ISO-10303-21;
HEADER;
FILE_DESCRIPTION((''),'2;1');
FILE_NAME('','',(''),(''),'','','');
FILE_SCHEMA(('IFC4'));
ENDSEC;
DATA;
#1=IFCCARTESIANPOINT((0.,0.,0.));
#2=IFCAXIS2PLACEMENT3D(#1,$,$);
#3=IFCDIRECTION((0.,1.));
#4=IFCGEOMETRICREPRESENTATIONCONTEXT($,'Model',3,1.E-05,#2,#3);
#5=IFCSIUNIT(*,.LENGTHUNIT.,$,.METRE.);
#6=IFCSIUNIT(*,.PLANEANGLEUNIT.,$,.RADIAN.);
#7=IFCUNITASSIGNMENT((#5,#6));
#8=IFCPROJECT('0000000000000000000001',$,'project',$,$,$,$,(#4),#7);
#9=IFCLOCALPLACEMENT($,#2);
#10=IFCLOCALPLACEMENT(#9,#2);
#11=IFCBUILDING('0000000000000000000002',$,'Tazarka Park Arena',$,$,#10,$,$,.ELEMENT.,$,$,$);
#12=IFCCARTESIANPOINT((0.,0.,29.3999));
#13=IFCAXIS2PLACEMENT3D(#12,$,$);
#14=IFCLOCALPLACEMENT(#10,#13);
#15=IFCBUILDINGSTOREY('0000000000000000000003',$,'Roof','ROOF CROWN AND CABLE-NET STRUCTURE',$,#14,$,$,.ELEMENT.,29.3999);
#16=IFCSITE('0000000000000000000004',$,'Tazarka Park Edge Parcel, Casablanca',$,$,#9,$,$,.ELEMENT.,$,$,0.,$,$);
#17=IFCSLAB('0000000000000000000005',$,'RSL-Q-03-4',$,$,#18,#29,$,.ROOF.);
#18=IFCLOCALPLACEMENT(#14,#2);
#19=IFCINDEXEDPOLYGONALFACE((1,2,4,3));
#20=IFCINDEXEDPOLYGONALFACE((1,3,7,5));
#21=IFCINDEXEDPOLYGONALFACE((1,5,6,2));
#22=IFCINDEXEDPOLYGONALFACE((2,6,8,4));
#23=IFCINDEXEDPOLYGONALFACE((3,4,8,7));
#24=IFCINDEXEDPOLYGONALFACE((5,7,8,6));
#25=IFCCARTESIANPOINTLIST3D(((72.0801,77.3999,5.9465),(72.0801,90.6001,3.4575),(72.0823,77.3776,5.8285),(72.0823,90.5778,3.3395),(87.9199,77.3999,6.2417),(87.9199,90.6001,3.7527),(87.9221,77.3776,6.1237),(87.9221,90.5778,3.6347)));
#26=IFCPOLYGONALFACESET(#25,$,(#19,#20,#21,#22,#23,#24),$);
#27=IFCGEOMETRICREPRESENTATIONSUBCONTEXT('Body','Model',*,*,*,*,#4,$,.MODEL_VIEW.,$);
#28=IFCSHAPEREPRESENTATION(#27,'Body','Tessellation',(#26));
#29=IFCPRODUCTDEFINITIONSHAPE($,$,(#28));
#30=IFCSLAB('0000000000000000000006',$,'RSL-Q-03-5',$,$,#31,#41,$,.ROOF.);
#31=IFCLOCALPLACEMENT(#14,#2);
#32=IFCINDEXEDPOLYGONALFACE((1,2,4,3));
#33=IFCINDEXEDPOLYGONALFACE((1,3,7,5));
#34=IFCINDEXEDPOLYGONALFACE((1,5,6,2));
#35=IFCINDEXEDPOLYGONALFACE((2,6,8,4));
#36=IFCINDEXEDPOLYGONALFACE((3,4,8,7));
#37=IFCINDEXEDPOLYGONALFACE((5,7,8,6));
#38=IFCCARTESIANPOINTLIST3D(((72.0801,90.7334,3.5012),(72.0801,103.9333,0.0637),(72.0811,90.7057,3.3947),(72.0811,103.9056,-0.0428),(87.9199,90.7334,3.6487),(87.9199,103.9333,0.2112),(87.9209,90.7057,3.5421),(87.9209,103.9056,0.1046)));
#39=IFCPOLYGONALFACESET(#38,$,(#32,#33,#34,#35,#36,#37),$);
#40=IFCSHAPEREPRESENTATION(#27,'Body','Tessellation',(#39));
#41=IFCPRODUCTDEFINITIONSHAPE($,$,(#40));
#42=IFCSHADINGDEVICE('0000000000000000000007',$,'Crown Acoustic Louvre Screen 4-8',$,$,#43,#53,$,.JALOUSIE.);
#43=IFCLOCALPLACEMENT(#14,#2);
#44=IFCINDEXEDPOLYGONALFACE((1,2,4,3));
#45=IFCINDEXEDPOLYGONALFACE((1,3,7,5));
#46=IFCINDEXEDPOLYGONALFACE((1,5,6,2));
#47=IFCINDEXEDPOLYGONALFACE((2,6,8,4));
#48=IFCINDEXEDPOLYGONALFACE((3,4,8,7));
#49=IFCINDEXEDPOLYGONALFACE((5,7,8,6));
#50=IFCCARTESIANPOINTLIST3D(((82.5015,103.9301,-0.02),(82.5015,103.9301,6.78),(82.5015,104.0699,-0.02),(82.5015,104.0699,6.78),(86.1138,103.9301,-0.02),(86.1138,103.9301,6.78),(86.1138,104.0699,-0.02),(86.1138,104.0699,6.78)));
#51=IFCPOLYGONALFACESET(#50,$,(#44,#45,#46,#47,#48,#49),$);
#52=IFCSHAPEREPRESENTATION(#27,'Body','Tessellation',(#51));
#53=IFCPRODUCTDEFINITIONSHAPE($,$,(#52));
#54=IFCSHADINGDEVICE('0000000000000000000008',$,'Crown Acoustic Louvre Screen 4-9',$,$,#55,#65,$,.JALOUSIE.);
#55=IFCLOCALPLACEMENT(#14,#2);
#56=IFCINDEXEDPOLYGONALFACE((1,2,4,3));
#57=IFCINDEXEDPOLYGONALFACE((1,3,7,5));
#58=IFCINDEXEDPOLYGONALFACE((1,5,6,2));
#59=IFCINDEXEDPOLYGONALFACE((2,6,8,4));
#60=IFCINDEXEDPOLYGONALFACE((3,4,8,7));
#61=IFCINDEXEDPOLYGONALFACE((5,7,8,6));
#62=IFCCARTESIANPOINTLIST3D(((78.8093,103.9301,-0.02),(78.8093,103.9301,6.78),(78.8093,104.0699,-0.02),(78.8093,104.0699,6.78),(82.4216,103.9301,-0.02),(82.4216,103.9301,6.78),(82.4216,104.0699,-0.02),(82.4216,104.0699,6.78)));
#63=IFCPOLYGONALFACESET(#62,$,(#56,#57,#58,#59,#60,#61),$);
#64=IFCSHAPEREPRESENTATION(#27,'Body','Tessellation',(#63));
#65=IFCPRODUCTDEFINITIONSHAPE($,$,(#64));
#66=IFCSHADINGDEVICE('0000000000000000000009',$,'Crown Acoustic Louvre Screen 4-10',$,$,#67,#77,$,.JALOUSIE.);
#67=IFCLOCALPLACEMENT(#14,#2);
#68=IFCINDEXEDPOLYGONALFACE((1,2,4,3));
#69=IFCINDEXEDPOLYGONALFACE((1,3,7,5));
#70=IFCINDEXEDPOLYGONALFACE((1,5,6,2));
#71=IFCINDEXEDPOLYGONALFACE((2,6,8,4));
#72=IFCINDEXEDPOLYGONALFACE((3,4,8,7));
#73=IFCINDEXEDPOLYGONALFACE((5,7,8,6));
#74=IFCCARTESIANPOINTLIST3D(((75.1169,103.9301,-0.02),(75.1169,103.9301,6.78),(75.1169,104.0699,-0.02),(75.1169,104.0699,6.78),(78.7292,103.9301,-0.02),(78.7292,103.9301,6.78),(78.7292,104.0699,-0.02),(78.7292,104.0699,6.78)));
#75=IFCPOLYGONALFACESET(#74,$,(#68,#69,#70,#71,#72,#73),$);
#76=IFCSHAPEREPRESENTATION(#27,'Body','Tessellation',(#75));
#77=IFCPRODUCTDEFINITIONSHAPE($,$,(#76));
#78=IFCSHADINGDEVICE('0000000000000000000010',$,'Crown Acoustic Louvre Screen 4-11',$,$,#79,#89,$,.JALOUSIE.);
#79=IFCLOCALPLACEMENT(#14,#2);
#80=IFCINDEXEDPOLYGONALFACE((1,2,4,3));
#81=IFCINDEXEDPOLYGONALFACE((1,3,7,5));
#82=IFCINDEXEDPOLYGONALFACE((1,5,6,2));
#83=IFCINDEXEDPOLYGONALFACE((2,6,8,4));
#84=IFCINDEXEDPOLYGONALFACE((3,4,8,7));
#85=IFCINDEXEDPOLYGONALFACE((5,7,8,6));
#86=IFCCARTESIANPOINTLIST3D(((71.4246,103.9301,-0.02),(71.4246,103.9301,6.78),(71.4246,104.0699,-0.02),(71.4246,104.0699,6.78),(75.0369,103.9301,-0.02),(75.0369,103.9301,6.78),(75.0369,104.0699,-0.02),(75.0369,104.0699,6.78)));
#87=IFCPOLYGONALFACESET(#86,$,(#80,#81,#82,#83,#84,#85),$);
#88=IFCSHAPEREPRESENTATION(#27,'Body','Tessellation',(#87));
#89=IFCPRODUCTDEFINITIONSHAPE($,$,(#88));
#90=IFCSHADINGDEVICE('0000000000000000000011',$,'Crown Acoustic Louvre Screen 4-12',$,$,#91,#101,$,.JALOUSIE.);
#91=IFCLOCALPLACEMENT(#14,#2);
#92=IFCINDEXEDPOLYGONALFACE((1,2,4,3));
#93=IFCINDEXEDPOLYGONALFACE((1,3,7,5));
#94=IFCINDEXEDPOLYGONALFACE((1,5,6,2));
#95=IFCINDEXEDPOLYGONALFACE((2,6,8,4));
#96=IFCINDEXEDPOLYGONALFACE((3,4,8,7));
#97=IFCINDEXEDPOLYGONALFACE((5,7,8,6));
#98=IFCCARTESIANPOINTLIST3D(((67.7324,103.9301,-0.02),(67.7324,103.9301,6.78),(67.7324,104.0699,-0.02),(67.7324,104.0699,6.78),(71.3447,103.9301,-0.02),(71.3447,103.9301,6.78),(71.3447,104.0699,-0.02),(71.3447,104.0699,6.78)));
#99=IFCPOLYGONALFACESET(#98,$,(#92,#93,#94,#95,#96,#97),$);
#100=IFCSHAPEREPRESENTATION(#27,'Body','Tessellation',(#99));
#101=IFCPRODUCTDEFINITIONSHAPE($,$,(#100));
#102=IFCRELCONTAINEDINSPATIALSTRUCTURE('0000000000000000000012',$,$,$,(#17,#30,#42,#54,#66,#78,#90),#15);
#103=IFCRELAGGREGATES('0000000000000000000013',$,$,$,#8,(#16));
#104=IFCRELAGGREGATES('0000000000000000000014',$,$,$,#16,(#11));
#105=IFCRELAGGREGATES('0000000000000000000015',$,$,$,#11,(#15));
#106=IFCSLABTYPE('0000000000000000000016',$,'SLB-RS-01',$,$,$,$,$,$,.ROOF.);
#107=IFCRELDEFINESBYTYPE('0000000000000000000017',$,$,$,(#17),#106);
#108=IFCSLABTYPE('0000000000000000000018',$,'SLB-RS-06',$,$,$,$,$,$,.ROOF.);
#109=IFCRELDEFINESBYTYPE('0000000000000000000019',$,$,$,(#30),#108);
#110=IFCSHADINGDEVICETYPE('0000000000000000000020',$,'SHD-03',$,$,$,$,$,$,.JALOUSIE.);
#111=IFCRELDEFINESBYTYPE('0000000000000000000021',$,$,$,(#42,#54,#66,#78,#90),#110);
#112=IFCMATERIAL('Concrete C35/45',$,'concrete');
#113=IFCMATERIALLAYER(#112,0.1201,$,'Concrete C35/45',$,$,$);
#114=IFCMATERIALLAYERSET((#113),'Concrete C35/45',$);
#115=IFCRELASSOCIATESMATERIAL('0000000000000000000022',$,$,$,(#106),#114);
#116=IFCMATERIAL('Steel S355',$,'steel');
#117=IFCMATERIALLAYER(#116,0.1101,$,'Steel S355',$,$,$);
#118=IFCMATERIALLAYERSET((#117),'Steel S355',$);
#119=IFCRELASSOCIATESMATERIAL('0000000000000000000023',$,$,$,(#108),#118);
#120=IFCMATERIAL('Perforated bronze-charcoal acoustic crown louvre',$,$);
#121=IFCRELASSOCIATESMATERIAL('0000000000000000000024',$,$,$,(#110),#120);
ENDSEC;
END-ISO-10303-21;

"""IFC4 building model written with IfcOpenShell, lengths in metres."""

from ifc_helpers import new_model, si_unit, direction, frame, origin, origin_2d, place, context, subcontext, project, spatial, polyline, rectangle, outline, extrude, material, layer, layer_set, type_object, element, save


model = new_model("IFC4")

# Units and contexts
model_context = context("Model", 3, precision=1e-05, world=origin(), true_north=direction((0.0, 1.0)))
body_context = subcontext(model_context, "Body", "Model", "MODEL_VIEW")
ifc_project = project(units=[si_unit("LENGTHUNIT", "METRE"), si_unit("PLANEANGLEUNIT", "RADIAN")], contexts=[model_context])

# Site, building, storey
site_placement = place(None, origin())
site = spatial("IfcSite", under=ifc_project, at=site_placement, Name="Tazarka Park Edge Parcel, Casablanca", CompositionType="ELEMENT", RefElevation=0.0)
building_placement = place(site_placement, origin())
building = spatial("IfcBuilding", under=site, at=building_placement, Name="Tazarka Park Arena", CompositionType="ELEMENT")
storey_placement = place(building_placement, frame((0.0, 0.0, 29.3999)))
storey = spatial("IfcBuildingStorey", under=building, at=storey_placement, Name="Roof", Description="ROOF CROWN AND CABLE-NET STRUCTURE", CompositionType="ELEMENT", Elevation=29.3999)

# Slabs
ifc_material_1 = material(Name="Concrete C35/45", Category="concrete")
ifc_layer_1 = layer(ifc_material_1, 0.1201, Name="Concrete C35/45")
ifc_layer_set_1 = layer_set([ifc_layer_1], Name="Concrete C35/45")
slab_type_1 = type_object("IfcSlabType", Name="SLB-RS-01", PredefinedType="ROOF", material=ifc_layer_set_1)
slab_1_placement = place(storey_placement, frame((72.0801, 77.3999, 5.9465), z_axis=(-0.018309, 0.185263, 0.982518), x_axis=(0.999826, 0.0, 0.018631)))
element("IfcSlab", 1, at=slab_1_placement, inside=storey, type_object=slab_type_1, Name="RSL-Q-03-4", PredefinedType="ROOF", context=body_context, shape_type="SweptSolid", body=[
    extrude(outline(polyline([(0.0, 0.0), (15.8426, 0.0), (15.7962, 13.4327), (-0.0464, 13.4327), (0.0, 0.0)])), origin(), (0.0, 0.0, -1.0), 0.1201),
])
ifc_material_2 = material(Name="Steel S355", Category="steel")
ifc_layer_2 = layer(ifc_material_2, 0.1101, Name="Steel S355")
ifc_layer_set_2 = layer_set([ifc_layer_2], Name="Steel S355")
slab_type_2 = type_object("IfcSlabType", Name="SLB-RS-06", PredefinedType="ROOF", material=ifc_layer_set_2)
slab_2_placement = place(storey_placement, frame((72.0801, 90.7334, 3.5012), z_axis=(-0.009009, 0.252002, 0.967685), x_axis=(0.999957, 0.0, 0.009309)))
element("IfcSlab", 2, at=slab_2_placement, inside=storey, type_object=slab_type_2, Name="RSL-Q-03-5", PredefinedType="ROOF", context=body_context, shape_type="SweptSolid", body=[
    extrude(outline(polyline([(0.0, 0.0), (15.8405, 0.0), (15.8085, 13.6402), (-0.032, 13.6402), (0.0, 0.0)])), origin(), (0.0, 0.0, -1.0), 0.1101),
])

# Shading devices
ifc_material_3 = material(Name="Perforated bronze-charcoal acoustic crown louvre")
shading_device_type = type_object("IfcShadingDeviceType", Name="SHD-03", PredefinedType="JALOUSIE", material=ifc_material_3)
for number, where, z_axis, x_axis, name in (
    (3, (84.3076, 104.0, -0.02), (0.0, 0.0, 1.0), (-1.0, 0.0, 0.0), "Crown Acoustic Louvre Screen 4-8"),
    (4, (80.6155, 104.0, -0.02), (0.0, 0.0, 1.0), (-1.0, 0.0, 0.0), "Crown Acoustic Louvre Screen 4-9"),
    (5, (76.9231, 104.0, -0.02), (0.0, 0.0, 1.0), (-1.0, 0.0, 0.0), "Crown Acoustic Louvre Screen 4-10"),
    (6, (73.2307, 104.0, -0.02), (0.0, 0.0, 1.0), (-1.0, 0.0, 0.0), "Crown Acoustic Louvre Screen 4-11"),
    (7, (69.5386, 104.0, -0.02), (0.0, 0.0, 1.0), (-1.0, 0.0, 0.0), "Crown Acoustic Louvre Screen 4-12"),
):
    element("IfcShadingDevice", number, at=place(storey_placement, frame(where, z_axis=z_axis, x_axis=x_axis)), inside=storey, type_object=shading_device_type, Name=name, PredefinedType="JALOUSIE", context=body_context, shape_type="SweptSolid", body=[
        extrude(rectangle(XDim=3.6123, YDim=0.1399, at=origin_2d()), origin(), (0.0, 0.0, 1.0), 6.8),
    ])

save(model, "model.ifc")
